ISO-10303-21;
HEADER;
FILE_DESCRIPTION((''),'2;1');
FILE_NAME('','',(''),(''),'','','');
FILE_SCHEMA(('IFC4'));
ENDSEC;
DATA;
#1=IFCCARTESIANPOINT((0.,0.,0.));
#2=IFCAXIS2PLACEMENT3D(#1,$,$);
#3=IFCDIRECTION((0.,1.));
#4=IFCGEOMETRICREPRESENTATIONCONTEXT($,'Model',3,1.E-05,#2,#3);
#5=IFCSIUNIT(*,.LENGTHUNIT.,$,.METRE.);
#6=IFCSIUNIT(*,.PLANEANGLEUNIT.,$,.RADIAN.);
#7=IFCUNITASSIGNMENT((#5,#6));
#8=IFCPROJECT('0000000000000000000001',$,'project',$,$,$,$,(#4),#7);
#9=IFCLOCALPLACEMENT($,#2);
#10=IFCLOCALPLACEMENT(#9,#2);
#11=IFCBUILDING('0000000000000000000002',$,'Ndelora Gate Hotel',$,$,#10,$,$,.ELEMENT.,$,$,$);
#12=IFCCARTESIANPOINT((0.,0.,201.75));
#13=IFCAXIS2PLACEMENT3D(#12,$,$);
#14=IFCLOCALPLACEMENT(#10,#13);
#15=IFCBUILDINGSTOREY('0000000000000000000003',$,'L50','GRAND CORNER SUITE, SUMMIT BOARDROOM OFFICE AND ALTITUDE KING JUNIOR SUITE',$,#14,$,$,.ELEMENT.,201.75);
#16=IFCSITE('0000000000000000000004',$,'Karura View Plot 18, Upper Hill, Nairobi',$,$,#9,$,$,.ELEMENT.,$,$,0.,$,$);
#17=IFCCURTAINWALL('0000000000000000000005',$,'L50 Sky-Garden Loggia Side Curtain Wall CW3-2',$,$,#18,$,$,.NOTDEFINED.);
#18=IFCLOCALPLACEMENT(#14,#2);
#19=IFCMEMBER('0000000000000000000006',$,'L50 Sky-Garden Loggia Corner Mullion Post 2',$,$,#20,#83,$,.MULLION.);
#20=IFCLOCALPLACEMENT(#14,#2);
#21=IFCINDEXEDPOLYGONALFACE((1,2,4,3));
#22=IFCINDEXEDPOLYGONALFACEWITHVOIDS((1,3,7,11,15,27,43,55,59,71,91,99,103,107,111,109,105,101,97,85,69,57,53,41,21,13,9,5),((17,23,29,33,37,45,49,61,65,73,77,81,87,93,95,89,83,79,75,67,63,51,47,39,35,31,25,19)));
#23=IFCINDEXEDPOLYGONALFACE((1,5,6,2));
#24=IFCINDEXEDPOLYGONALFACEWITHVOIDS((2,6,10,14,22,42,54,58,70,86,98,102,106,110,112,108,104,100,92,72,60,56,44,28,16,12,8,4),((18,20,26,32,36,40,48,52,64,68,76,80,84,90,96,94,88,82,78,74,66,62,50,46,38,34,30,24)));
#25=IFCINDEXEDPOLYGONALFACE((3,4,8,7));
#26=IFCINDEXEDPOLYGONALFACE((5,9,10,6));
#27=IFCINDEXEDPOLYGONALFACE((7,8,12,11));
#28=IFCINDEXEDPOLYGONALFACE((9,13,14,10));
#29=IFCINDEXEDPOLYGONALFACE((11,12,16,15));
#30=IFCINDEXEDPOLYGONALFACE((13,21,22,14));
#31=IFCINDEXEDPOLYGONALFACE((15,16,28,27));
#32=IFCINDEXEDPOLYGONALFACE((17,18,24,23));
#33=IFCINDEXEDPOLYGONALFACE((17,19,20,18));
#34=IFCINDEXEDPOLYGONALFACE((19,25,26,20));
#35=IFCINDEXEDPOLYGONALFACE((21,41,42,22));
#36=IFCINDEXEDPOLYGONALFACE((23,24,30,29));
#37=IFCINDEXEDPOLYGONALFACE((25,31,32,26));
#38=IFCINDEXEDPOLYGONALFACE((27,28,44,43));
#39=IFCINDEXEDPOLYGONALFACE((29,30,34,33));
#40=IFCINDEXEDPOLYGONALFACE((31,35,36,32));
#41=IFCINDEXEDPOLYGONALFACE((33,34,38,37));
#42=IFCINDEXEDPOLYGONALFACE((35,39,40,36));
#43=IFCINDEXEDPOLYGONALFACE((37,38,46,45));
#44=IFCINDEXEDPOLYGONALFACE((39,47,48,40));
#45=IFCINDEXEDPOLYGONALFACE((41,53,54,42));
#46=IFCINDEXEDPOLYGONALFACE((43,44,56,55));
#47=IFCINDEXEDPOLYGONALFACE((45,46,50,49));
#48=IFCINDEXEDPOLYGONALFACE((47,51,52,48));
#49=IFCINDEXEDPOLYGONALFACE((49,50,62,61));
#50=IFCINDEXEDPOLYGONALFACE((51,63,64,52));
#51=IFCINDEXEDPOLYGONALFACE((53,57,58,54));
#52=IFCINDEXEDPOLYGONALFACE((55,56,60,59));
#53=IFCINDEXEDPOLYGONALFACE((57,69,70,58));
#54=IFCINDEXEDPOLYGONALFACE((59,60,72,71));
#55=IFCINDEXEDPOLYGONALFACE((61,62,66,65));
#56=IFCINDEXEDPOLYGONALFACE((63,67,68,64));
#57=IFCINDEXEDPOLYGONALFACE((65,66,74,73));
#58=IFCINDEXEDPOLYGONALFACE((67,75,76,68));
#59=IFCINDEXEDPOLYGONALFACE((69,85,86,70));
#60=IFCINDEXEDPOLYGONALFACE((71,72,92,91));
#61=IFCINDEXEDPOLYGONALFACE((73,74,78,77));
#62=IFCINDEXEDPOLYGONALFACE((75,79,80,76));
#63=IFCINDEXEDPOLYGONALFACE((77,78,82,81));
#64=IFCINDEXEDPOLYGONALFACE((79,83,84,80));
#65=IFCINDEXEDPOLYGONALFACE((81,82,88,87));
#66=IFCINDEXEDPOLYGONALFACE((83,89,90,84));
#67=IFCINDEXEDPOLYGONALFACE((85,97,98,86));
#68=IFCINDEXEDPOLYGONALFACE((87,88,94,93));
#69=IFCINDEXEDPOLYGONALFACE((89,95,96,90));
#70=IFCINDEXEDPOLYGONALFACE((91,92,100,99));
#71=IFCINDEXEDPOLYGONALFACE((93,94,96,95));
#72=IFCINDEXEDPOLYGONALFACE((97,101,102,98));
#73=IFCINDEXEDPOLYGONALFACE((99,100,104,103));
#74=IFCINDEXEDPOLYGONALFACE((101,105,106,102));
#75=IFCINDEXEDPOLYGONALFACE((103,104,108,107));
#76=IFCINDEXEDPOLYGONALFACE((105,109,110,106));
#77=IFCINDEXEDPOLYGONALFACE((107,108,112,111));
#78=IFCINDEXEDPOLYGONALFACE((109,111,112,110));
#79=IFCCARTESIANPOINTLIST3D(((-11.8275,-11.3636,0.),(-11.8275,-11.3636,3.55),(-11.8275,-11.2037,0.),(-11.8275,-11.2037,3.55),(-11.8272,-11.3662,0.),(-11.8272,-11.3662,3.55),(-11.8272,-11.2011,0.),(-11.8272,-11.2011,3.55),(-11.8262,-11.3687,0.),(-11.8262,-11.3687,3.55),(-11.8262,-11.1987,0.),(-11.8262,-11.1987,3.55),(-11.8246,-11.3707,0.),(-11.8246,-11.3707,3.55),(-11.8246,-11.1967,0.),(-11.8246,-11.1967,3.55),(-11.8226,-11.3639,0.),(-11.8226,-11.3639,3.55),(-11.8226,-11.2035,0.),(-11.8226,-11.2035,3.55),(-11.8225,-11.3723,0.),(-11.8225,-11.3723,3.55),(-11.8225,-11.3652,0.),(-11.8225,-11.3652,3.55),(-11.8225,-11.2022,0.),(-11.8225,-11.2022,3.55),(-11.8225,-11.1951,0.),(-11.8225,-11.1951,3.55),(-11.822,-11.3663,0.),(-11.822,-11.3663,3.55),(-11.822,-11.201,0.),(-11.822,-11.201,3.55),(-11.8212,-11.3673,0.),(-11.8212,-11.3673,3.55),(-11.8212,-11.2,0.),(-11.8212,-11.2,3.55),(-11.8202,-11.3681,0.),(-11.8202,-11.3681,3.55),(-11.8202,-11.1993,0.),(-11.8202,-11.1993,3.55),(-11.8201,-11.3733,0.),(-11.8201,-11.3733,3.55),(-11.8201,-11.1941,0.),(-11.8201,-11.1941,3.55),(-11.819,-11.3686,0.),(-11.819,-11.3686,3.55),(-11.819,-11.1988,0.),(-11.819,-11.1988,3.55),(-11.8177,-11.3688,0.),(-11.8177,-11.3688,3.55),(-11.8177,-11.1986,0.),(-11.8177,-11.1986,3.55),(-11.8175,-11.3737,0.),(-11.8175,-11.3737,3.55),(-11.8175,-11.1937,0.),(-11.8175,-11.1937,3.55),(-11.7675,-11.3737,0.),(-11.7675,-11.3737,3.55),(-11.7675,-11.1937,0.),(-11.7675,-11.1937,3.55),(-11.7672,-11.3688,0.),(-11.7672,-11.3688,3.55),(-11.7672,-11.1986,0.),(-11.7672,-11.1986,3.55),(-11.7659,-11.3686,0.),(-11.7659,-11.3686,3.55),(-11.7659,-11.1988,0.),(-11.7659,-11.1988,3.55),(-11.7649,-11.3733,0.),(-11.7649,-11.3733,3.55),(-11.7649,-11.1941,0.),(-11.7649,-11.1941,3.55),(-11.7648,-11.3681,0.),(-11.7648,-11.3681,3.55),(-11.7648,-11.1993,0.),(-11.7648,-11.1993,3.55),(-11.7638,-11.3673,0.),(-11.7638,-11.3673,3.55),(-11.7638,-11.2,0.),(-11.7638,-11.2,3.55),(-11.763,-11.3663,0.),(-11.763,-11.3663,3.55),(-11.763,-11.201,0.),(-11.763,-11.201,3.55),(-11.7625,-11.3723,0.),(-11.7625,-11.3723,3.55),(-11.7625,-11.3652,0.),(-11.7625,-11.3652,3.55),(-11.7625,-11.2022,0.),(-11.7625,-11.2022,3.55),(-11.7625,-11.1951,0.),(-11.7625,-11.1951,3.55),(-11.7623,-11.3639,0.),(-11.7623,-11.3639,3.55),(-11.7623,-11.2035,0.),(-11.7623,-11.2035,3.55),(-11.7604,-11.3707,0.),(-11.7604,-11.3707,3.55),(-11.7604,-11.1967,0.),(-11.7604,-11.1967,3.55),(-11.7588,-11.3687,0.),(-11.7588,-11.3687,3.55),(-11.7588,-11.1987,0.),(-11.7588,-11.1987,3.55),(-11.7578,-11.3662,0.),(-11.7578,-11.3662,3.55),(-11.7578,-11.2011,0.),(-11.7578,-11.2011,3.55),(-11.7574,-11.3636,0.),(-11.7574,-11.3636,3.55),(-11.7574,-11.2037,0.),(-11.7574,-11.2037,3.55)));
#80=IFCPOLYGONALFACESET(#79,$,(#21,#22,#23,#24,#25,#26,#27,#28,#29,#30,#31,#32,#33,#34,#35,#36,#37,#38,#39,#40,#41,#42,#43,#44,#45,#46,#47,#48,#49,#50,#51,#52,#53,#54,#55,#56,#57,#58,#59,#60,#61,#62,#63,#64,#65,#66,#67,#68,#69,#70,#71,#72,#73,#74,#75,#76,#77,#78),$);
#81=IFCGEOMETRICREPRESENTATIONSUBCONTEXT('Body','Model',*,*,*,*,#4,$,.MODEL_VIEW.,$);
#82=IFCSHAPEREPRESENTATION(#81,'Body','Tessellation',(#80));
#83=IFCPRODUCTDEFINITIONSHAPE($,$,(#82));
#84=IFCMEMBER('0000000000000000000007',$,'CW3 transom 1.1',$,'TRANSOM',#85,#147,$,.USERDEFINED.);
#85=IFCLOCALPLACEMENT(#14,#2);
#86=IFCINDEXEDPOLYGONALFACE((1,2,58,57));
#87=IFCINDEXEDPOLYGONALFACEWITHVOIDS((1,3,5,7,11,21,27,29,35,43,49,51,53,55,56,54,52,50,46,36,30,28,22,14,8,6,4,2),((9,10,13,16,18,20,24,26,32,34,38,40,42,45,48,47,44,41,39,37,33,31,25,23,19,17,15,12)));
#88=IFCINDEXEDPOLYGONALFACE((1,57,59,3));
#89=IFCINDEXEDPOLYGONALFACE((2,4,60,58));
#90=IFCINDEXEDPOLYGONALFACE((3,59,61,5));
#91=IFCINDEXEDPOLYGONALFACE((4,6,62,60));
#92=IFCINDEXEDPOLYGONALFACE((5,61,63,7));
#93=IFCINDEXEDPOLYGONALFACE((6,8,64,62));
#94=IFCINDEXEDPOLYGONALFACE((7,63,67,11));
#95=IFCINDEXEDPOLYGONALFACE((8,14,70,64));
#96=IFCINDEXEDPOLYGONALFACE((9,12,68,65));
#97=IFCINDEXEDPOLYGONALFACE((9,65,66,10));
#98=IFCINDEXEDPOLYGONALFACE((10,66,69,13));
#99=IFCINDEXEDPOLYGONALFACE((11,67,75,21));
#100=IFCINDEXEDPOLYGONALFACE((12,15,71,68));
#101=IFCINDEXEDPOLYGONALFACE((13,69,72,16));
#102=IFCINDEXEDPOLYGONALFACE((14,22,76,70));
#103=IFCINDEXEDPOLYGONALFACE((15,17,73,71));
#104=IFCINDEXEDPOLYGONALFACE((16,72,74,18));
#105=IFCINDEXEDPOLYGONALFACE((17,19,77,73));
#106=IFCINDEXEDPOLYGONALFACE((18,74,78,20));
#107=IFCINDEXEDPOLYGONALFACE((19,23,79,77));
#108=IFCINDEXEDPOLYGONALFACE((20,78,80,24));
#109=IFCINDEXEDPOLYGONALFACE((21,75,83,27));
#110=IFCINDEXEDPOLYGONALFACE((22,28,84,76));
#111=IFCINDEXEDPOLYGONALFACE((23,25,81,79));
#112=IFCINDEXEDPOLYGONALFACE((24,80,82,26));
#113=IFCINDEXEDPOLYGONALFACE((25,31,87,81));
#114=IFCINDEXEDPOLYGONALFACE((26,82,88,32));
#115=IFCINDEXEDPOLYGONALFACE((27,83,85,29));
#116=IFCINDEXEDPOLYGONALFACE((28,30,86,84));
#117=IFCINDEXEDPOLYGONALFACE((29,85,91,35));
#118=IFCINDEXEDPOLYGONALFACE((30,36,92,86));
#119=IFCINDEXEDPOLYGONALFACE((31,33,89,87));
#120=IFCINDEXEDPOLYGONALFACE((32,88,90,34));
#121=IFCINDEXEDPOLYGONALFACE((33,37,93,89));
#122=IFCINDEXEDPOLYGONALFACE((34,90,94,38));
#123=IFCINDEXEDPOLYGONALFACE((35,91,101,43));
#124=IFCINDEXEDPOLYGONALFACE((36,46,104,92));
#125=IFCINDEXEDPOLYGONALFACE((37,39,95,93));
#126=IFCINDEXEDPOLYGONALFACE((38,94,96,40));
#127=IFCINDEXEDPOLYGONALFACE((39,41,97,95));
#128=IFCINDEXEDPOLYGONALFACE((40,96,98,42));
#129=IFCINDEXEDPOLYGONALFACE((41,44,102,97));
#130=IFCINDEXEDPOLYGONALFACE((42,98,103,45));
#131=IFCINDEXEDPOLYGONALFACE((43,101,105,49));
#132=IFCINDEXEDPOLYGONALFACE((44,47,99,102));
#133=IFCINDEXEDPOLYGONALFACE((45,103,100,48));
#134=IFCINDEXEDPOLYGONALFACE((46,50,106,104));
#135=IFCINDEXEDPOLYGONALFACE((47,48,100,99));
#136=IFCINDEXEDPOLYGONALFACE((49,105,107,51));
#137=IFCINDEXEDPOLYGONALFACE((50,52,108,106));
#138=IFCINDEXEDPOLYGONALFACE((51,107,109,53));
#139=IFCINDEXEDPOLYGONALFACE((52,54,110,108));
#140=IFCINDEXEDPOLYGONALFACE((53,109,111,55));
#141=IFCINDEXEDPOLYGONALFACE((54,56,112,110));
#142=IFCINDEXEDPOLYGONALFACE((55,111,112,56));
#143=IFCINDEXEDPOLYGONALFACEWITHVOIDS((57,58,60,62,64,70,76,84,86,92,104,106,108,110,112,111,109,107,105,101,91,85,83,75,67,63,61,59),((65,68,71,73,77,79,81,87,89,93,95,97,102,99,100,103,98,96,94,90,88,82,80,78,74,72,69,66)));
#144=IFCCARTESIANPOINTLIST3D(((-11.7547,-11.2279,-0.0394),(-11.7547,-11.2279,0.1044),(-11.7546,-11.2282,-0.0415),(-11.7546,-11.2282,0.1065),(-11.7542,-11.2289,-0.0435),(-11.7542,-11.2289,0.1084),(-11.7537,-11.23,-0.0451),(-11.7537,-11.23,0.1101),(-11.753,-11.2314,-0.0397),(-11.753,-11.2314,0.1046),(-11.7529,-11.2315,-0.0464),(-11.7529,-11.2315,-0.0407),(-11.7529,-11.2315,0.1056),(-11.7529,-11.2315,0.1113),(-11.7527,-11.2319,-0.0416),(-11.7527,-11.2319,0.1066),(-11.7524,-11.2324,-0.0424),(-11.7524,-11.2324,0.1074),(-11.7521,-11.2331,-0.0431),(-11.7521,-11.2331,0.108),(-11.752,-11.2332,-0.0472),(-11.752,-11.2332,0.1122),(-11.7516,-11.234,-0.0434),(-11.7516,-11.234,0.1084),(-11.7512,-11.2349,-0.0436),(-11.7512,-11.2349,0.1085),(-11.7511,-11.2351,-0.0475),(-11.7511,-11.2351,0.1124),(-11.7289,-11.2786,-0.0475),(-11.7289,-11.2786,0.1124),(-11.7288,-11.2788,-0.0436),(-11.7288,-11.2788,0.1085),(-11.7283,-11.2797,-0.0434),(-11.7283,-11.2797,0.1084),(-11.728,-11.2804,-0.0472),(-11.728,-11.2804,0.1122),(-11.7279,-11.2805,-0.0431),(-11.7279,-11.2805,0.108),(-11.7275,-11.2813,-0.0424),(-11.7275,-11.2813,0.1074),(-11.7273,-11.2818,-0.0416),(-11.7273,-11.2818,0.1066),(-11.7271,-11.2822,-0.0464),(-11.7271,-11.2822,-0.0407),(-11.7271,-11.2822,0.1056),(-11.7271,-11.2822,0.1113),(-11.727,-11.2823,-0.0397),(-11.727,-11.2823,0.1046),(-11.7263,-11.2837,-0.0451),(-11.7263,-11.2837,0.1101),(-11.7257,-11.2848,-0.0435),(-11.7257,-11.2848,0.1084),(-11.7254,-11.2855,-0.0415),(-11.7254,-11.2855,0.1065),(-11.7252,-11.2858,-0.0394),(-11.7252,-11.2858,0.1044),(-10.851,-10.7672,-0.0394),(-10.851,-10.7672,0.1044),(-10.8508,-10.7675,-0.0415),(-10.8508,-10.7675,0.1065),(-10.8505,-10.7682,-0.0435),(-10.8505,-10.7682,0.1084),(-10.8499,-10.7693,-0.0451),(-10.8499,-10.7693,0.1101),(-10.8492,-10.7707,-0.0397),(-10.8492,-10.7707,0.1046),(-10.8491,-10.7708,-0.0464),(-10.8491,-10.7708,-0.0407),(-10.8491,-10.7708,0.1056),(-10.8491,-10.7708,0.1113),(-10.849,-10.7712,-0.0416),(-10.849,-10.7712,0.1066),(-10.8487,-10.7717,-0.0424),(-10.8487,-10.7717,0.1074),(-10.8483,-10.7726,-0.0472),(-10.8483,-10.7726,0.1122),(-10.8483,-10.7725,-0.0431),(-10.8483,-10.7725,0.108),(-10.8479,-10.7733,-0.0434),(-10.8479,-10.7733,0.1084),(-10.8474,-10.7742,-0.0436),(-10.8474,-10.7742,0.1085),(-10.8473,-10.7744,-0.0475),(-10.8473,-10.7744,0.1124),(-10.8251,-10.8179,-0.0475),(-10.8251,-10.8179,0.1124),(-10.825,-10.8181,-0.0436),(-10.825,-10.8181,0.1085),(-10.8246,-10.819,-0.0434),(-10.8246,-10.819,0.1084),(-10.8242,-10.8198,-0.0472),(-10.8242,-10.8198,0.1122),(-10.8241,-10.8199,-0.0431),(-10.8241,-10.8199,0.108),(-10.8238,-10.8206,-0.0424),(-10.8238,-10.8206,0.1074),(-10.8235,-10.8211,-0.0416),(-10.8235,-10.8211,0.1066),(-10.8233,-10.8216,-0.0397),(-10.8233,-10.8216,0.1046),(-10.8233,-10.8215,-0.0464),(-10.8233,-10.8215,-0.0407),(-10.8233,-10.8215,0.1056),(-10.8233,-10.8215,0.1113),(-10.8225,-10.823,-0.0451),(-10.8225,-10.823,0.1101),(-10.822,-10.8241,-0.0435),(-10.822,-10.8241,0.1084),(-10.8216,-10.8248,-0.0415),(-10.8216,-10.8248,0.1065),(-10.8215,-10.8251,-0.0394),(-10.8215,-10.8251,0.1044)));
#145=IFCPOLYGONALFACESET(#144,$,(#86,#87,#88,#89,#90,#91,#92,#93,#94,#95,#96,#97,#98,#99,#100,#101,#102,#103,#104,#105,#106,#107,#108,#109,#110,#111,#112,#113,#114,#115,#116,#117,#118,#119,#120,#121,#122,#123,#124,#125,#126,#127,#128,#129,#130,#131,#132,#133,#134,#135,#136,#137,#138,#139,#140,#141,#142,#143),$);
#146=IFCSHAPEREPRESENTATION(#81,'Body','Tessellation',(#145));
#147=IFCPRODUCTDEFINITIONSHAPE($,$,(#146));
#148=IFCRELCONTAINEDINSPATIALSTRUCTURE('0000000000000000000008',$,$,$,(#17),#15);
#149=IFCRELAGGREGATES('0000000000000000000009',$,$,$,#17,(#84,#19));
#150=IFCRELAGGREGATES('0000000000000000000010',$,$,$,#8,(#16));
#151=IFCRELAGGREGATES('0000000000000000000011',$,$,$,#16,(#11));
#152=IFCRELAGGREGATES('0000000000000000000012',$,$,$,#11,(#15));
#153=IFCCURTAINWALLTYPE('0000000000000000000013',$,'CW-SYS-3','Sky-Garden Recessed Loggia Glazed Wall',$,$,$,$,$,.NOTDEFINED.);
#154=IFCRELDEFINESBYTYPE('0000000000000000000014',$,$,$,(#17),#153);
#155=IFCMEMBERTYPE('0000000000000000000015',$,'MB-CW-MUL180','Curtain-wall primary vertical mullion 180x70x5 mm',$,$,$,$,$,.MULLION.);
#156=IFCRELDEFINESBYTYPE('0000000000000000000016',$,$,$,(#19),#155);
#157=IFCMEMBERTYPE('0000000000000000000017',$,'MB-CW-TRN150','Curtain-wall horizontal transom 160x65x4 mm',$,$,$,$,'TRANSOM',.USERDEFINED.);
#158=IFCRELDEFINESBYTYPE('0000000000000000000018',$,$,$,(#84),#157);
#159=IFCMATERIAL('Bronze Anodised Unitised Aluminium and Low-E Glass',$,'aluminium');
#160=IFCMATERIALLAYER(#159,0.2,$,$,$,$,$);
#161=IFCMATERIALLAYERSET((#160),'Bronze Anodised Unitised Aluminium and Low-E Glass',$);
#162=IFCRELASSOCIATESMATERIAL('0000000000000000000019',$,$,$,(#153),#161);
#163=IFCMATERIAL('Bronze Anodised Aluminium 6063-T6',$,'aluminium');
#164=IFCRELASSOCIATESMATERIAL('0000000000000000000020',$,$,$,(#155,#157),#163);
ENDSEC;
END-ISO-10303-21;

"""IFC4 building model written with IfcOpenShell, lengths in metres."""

from ifc_helpers import new_model, si_unit, direction, frame, origin, origin_2d, place, context, subcontext, project, spatial, hollow_rectangle, extrude, material, layer, layer_set, material_profile, profile_set, type_object, element, aggregate, save


model = new_model("IFC4")

# Units and contexts
model_context = context("Model", 3, precision=1e-05, world=origin(), true_north=direction((0.0, 1.0)))
body_context = subcontext(model_context, "Body", "Model", "MODEL_VIEW")
ifc_project = project(units=[si_unit("LENGTHUNIT", "METRE"), si_unit("PLANEANGLEUNIT", "RADIAN")], contexts=[model_context])

# Site, building, storey
site_placement = place(None, origin())
site = spatial("IfcSite", under=ifc_project, at=site_placement, Name="Karura View Plot 18, Upper Hill, Nairobi", CompositionType="ELEMENT", RefElevation=0.0)
building_placement = place(site_placement, origin())
building = spatial("IfcBuilding", under=site, at=building_placement, Name="Ndelora Gate Hotel", CompositionType="ELEMENT")
storey_placement = place(building_placement, frame((0.0, 0.0, 201.75)))
storey = spatial("IfcBuildingStorey", under=building, at=storey_placement, Name="L50", Description="GRAND CORNER SUITE, SUMMIT BOARDROOM OFFICE AND ALTITUDE KING JUNIOR SUITE", CompositionType="ELEMENT", Elevation=201.75)

# Curtain wall, members
ifc_material_1 = material(Name="Bronze Anodised Unitised Aluminium and Low-E Glass", Category="aluminium")
ifc_layer_1 = layer(ifc_material_1, 0.2)
ifc_layer_set_1 = layer_set([ifc_layer_1], Name="Bronze Anodised Unitised Aluminium and Low-E Glass")
curtain_wall_type = type_object("IfcCurtainWallType", Name="CW-SYS-3", Description="Sky-Garden Recessed Loggia Glazed Wall", PredefinedType="NOTDEFINED", material=ifc_layer_set_1)
curtain_wall_placement = place(storey_placement, origin())
curtain_wall = element("IfcCurtainWall", 1, at=curtain_wall_placement, inside=storey, type_object=curtain_wall_type, Name="L50 Sky-Garden Loggia Side Curtain Wall CW3-2", PredefinedType="NOTDEFINED")
ifc_material_2 = material(Name="Bronze Anodised Aluminium 6063-T6", Category="aluminium")
ifc_material_profile_1 = material_profile(ifc_material_2, hollow_rectangle(XDim=0.0701, YDim=0.1799, WallThickness=0.0049, InnerFilletRadius=0.0049, OuterFilletRadius=0.01, at=origin_2d()), Name="ALU 180x70x5")
ifc_profile_set_1 = profile_set([ifc_material_profile_1], Name="Bronze Anodised Aluminium 6063-T6")
member_type_1 = type_object("IfcMemberType", Name="MB-CW-MUL180", Description="Curtain-wall primary vertical mullion 180x70x5 mm", PredefinedType="MULLION", material=ifc_profile_set_1)
member_1_placement = place(storey_placement, frame((-11.7925, -11.2837, 0.0), z_axis=(0.0, 0.0, 1.0), x_axis=(1.0, 0.0, 0.0)))
member_1 = element("IfcMember", 2, at=member_1_placement, type_object=member_type_1, Name="L50 Sky-Garden Loggia Corner Mullion Post 2", PredefinedType="MULLION", context=body_context, shape_type="SweptSolid", body=[
    extrude(hollow_rectangle(XDim=0.0701, YDim=0.1799, WallThickness=0.0049, InnerFilletRadius=0.0049, OuterFilletRadius=0.01, at=origin_2d()), origin(), (0.0, 0.0, 1.0), 3.55),
])
ifc_material_profile_2 = material_profile(ifc_material_2, hollow_rectangle(XDim=0.0649, YDim=0.1599, WallThickness=0.0039, InnerFilletRadius=0.0039, OuterFilletRadius=0.0081, at=origin_2d()), Name="ALU 160x65x4")
ifc_profile_set_2 = profile_set([ifc_material_profile_2], Name="Bronze Anodised Aluminium 6063-T6")
member_type_2 = type_object("IfcMemberType", Name="MB-CW-TRN150", Description="Curtain-wall horizontal transom 160x65x4 mm", ElementType="TRANSOM", PredefinedType="USERDEFINED", material=ifc_profile_set_2)
member_2_placement = place(storey_placement, frame((-11.74, -11.2568, 0.0325), z_axis=(0.890935, 0.454131, 0.0), x_axis=(-0.454131, 0.890935, 0.0)))
member_2 = element("IfcMember", 3, at=member_2_placement, type_object=member_type_2, Name="CW3 transom 1.1", ObjectType="TRANSOM", PredefinedType="USERDEFINED", context=body_context, shape_type="SweptSolid", body=[
    extrude(hollow_rectangle(XDim=0.0649, YDim=0.1599, WallThickness=0.0039, InnerFilletRadius=0.0039, OuterFilletRadius=0.0081, at=origin_2d()), origin(), (0.0, 0.0, 1.0), 1.0144),
])
aggregate(curtain_wall, [member_2, member_1])

save(model, "model.ifc")
